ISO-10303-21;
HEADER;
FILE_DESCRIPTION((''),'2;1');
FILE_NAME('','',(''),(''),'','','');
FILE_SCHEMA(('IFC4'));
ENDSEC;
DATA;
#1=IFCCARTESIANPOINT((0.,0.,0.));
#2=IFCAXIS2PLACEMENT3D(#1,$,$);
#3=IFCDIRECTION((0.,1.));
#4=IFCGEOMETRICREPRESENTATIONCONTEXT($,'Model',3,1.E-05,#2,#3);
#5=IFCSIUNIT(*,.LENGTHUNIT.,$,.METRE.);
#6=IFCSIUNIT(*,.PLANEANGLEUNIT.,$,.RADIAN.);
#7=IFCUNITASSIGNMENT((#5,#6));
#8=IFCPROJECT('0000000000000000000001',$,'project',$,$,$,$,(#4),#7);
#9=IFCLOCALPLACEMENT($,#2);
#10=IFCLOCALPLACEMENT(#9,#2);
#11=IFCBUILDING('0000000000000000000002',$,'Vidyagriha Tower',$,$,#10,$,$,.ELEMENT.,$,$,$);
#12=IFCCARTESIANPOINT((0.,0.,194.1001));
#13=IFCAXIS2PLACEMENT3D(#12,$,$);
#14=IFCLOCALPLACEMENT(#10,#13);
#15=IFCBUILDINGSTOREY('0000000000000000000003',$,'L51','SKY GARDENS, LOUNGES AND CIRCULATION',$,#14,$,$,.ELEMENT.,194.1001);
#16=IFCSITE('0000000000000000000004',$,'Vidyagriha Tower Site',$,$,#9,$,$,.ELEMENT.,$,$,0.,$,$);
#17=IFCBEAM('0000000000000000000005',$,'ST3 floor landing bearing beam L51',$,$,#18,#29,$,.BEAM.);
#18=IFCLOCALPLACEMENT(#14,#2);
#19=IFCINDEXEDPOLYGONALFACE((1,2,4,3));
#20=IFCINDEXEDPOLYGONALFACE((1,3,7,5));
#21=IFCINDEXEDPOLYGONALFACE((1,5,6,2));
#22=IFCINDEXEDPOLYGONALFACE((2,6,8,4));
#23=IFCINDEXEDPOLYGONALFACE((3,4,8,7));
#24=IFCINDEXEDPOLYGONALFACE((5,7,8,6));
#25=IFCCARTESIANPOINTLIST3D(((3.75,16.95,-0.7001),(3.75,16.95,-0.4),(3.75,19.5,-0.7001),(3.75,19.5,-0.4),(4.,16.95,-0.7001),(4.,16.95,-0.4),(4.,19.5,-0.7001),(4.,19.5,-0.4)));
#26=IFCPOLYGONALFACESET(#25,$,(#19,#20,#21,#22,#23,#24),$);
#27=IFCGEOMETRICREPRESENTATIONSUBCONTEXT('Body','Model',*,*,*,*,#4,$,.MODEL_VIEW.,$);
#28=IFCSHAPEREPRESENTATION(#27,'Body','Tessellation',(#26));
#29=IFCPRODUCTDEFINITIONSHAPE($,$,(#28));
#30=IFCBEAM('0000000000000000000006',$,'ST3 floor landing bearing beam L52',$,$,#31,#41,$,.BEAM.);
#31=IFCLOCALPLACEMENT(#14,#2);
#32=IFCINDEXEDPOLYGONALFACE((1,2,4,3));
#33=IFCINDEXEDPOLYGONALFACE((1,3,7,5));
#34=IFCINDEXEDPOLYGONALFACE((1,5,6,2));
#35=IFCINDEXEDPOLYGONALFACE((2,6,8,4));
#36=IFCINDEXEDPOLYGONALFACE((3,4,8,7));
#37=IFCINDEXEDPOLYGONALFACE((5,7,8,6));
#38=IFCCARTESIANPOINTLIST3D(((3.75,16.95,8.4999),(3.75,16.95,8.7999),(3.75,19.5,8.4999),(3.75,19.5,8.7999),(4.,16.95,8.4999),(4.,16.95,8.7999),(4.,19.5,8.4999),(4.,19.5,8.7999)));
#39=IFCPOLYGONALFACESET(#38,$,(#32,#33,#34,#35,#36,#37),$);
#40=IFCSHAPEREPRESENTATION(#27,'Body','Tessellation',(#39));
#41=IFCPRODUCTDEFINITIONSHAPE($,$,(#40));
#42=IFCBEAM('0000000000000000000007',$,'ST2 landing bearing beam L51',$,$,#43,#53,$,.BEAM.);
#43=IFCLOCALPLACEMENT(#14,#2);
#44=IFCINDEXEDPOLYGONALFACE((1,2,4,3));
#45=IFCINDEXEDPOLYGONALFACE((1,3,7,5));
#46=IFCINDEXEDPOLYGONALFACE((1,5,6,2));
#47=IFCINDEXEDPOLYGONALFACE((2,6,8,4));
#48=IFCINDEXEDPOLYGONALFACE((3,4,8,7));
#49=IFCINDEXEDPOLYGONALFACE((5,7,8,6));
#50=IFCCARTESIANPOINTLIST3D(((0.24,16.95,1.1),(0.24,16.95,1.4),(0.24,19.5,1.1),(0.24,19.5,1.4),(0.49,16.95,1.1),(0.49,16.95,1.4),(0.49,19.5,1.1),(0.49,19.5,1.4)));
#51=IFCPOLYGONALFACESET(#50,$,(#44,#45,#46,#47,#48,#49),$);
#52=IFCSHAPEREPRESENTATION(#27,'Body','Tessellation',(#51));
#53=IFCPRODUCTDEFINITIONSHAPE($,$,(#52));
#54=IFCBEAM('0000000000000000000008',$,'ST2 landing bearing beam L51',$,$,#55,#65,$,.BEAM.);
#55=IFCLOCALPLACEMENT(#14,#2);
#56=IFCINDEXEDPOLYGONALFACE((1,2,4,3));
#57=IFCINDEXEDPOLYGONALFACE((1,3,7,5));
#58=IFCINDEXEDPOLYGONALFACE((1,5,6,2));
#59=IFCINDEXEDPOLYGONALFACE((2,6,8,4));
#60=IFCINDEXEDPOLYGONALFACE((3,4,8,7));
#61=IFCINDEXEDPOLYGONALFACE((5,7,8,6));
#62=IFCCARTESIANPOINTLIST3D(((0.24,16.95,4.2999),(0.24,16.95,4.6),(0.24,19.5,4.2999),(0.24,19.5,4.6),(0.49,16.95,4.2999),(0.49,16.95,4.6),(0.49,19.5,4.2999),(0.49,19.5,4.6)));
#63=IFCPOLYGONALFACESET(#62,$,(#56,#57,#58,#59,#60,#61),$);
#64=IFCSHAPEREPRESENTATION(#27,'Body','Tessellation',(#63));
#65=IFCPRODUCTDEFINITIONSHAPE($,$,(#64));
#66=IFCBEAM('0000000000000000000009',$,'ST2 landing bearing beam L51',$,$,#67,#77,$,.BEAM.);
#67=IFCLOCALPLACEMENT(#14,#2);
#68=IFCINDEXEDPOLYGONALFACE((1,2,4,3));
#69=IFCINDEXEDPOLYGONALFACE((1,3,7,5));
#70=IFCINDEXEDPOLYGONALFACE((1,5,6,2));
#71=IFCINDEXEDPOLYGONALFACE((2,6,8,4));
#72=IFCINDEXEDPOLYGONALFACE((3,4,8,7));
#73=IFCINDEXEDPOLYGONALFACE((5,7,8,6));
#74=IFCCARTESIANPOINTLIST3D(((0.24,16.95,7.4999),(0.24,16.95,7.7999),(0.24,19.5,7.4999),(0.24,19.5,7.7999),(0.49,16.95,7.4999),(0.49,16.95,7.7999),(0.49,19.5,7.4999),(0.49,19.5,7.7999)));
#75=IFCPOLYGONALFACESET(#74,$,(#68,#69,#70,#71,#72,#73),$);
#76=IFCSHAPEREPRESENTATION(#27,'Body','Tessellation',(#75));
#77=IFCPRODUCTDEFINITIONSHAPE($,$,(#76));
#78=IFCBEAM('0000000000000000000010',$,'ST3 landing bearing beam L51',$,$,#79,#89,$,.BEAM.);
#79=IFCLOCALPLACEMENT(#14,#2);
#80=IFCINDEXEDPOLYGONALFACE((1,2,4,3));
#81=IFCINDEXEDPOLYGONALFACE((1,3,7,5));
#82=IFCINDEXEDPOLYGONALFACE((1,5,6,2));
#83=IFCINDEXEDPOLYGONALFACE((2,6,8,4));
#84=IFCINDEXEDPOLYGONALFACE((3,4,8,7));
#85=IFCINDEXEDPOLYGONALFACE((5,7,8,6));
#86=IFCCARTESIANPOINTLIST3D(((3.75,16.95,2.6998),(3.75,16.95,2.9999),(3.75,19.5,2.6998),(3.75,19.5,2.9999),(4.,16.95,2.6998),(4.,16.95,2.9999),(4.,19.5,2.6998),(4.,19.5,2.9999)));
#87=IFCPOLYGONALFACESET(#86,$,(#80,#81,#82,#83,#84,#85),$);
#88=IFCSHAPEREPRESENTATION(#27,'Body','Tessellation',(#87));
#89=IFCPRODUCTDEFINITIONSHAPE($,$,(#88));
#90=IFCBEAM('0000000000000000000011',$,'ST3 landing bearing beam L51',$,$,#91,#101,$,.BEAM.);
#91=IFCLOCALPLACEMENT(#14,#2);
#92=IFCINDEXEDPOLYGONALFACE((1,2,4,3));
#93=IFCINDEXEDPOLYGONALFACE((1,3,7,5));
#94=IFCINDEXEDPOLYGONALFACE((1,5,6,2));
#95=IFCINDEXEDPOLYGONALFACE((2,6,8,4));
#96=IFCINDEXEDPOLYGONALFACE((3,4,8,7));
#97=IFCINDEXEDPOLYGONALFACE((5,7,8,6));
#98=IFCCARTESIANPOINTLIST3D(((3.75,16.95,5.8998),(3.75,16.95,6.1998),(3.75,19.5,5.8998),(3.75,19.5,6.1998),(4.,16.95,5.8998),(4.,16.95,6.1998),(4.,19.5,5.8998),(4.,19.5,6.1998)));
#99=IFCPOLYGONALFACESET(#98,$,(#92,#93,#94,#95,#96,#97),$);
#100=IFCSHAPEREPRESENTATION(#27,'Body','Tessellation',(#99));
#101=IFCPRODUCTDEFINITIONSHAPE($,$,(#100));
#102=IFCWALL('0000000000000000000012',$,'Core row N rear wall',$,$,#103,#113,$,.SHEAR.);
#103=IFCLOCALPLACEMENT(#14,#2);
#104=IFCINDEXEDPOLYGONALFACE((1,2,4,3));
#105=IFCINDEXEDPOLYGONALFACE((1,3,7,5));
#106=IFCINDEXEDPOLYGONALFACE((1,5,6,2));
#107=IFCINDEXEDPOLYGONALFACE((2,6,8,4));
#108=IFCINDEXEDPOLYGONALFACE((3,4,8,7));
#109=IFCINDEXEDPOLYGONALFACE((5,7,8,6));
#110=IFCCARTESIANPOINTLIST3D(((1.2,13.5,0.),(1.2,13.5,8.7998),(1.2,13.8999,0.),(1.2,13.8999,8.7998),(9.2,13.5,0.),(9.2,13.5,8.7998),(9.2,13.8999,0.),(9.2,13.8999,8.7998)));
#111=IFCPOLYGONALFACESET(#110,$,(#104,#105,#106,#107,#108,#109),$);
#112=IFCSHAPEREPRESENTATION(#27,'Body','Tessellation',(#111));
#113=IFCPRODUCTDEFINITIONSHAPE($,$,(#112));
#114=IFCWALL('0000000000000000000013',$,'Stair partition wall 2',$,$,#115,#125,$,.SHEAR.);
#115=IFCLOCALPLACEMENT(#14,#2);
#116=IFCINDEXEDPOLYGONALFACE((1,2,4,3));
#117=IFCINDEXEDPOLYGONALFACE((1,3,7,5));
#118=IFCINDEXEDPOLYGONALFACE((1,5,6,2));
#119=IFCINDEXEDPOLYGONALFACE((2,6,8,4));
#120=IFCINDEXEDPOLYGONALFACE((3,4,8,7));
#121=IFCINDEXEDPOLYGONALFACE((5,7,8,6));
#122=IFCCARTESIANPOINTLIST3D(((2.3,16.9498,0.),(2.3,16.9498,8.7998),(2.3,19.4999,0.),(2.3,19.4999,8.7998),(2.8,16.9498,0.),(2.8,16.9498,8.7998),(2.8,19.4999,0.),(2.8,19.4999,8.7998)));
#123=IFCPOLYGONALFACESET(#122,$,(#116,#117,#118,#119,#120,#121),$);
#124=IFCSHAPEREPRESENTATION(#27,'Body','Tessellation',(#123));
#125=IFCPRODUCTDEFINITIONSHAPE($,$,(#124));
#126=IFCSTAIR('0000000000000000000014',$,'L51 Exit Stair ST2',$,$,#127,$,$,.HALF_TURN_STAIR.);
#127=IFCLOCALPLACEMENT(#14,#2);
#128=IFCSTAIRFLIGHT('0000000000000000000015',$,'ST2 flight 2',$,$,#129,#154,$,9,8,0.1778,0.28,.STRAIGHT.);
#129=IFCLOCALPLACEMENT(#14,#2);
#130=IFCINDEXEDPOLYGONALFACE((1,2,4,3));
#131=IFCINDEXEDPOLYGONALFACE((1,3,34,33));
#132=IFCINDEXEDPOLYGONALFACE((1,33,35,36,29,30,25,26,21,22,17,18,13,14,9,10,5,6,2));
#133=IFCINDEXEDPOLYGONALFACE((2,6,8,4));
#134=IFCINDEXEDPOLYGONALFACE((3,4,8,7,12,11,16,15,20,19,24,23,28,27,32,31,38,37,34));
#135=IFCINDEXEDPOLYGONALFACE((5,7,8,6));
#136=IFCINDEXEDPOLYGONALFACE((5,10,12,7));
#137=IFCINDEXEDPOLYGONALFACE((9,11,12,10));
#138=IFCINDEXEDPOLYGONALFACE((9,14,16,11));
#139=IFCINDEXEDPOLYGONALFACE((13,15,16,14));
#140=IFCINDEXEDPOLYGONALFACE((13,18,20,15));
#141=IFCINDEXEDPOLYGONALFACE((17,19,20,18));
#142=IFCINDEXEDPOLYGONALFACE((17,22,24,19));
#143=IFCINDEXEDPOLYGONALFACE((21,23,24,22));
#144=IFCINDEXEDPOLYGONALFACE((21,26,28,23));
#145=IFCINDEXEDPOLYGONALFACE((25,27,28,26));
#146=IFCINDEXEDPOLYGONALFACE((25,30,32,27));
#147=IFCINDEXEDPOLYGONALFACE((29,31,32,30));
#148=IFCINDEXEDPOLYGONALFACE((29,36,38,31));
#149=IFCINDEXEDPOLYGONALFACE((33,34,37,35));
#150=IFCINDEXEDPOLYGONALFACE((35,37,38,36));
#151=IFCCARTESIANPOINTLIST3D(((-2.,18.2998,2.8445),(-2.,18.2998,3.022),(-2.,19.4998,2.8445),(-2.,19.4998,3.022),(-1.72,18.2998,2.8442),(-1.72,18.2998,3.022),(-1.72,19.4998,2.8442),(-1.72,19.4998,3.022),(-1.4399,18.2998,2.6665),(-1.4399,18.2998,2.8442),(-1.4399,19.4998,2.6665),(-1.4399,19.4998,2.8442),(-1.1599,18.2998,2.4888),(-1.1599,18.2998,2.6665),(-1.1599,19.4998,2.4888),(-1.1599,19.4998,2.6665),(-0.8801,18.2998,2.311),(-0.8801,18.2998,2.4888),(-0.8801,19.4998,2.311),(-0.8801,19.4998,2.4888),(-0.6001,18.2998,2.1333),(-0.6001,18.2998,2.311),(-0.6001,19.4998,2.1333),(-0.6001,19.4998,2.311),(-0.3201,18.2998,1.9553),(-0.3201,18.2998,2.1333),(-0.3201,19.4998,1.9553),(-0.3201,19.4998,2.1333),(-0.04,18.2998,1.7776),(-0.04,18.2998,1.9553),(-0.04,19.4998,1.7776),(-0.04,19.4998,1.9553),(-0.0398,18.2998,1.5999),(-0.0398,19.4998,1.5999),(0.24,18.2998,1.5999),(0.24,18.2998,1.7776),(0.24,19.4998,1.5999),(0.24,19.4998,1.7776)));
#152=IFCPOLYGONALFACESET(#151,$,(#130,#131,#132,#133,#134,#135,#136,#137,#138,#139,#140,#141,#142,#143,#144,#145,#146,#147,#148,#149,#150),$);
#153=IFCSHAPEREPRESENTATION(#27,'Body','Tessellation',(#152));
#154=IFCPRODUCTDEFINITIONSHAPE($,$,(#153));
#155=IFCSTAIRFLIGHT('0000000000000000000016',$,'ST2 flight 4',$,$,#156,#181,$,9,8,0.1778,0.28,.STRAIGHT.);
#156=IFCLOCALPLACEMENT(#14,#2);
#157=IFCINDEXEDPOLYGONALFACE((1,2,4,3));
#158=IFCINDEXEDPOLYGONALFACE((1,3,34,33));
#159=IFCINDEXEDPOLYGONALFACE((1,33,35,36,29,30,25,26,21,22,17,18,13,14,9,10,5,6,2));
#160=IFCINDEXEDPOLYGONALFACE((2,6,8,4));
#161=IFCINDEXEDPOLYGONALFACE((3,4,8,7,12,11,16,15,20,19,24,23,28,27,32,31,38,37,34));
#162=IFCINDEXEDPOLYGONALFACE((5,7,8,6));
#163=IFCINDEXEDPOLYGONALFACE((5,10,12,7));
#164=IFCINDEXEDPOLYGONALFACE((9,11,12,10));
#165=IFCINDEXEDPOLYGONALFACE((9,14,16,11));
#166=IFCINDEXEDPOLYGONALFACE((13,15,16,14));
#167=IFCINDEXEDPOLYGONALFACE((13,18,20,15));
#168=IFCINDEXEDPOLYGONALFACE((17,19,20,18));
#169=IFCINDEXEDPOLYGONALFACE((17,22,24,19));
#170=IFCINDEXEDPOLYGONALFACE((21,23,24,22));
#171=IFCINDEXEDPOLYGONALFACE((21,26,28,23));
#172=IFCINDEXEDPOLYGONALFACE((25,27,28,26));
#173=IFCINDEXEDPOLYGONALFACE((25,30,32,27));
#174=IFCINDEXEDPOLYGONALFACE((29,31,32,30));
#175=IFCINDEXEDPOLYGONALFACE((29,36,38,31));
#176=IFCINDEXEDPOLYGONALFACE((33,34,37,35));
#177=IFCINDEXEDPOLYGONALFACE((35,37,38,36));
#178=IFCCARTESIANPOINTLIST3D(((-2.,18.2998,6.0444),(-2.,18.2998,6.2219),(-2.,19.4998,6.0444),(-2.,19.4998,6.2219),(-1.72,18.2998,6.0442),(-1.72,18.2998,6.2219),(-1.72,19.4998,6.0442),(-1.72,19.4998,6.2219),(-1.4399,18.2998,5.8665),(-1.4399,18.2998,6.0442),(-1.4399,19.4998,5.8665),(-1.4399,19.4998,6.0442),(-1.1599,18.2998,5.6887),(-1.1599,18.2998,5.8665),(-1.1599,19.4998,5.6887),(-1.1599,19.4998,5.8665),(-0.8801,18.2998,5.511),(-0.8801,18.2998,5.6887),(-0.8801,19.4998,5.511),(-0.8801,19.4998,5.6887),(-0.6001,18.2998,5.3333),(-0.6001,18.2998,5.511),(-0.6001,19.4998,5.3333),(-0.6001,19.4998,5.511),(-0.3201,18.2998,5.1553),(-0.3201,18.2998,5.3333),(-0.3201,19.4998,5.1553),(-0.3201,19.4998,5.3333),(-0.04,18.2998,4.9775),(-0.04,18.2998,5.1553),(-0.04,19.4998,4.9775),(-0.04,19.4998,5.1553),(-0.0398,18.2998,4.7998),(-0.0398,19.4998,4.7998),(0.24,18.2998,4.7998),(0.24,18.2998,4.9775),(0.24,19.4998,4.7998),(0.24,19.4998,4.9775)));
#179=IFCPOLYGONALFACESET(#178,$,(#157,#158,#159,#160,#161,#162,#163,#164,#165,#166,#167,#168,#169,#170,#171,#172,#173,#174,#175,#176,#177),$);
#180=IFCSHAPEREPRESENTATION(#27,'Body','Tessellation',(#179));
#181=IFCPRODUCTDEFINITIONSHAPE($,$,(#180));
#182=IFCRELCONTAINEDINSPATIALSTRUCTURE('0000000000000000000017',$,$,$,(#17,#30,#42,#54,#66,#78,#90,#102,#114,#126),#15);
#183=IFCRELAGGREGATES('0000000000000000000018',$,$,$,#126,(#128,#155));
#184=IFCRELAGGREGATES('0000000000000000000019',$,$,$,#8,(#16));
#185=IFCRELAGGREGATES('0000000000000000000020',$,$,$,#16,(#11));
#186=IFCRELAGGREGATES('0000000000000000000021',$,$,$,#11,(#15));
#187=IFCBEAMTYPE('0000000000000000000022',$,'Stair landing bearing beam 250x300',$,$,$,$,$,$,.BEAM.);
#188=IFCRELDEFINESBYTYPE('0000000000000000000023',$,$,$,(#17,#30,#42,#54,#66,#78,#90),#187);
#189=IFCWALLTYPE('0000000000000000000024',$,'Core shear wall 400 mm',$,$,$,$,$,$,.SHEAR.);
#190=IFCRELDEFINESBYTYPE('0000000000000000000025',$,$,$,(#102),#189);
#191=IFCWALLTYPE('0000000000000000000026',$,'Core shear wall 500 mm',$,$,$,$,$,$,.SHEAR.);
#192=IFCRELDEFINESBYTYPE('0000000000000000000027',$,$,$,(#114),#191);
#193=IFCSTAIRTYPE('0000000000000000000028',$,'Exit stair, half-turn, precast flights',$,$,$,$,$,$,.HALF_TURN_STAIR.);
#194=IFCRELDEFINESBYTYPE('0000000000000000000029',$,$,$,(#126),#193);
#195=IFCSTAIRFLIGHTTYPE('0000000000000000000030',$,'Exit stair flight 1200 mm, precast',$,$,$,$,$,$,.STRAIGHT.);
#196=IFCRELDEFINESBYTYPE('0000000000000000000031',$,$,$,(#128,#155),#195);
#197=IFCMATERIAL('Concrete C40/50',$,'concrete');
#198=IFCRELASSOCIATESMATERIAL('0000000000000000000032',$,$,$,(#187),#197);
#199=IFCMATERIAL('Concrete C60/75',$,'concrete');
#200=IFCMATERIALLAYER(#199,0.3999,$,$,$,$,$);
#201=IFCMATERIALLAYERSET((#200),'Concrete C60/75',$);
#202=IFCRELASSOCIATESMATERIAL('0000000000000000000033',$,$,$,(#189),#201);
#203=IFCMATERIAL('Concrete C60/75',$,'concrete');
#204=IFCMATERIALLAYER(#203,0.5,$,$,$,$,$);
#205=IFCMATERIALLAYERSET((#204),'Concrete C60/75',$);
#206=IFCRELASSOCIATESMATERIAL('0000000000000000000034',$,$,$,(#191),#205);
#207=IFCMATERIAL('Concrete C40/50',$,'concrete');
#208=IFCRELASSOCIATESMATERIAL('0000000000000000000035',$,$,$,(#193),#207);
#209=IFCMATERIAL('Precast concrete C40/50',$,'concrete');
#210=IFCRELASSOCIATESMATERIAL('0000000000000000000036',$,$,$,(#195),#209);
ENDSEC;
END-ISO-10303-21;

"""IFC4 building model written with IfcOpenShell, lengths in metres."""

from ifc_helpers import new_model, si_unit, direction, frame, frame_2d, origin, origin_2d, place, context, subcontext, project, spatial, polyline, rectangle, outline, extrude, material, layer, layer_set, material_profile, profile_set, type_object, element, aggregate, save


model = new_model("IFC4")

# Units and contexts
model_context = context("Model", 3, precision=1e-05, world=origin(), true_north=direction((0.0, 1.0)))
body_context = subcontext(model_context, "Body", "Model", "MODEL_VIEW")
ifc_project = project(units=[si_unit("LENGTHUNIT", "METRE"), si_unit("PLANEANGLEUNIT", "RADIAN")], contexts=[model_context])

# Site, building, storey
site_placement = place(None, origin())
site = spatial("IfcSite", under=ifc_project, at=site_placement, Name="Vidyagriha Tower Site", CompositionType="ELEMENT", RefElevation=0.0)
building_placement = place(site_placement, origin())
building = spatial("IfcBuilding", under=site, at=building_placement, Name="Vidyagriha Tower", CompositionType="ELEMENT")
storey_placement = place(building_placement, frame((0.0, 0.0, 194.1001)))
storey = spatial("IfcBuildingStorey", under=building, at=storey_placement, Name="L51", Description="SKY GARDENS, LOUNGES AND CIRCULATION", CompositionType="ELEMENT", Elevation=194.1001)

# Beams
ifc_material_1 = material(Name="Concrete C40/50", Category="concrete")
ifc_material_profile = material_profile(ifc_material_1, rectangle(XDim=0.25, YDim=0.3, at=origin_2d()), Name="Stair landing bearing beam 250x300")
ifc_profile_set = profile_set([ifc_material_profile], Name="Concrete C40/50")
beam_type = type_object("IfcBeamType", Name="Stair landing bearing beam 250x300", PredefinedType="BEAM", material=ifc_profile_set)
for number, where, z_axis, x_axis, name in (
    (1, (3.875, 16.95, -0.55), (0.0, 1.0, 0.0), (-1.0, 0.0, 0.0), "ST3 floor landing bearing beam L51"),
    (2, (3.875, 16.95, 8.6499), (0.0, 1.0, 0.0), (-1.0, 0.0, 0.0), "ST3 floor landing bearing beam L52"),
    (3, (0.365, 16.95, 1.25), (0.0, 1.0, 0.0), (-1.0, 0.0, 0.0), "ST2 landing bearing beam L51"),
    (4, (0.365, 16.95, 4.45), (0.0, 1.0, 0.0), (-1.0, 0.0, 0.0), "ST2 landing bearing beam L51"),
    (5, (0.365, 16.95, 7.6499), (0.0, 1.0, 0.0), (-1.0, 0.0, 0.0), "ST2 landing bearing beam L51"),
    (6, (3.875, 16.95, 2.8499), (0.0, 1.0, 0.0), (-1.0, 0.0, 0.0), "ST3 landing bearing beam L51"),
    (7, (3.875, 16.95, 6.0498), (0.0, 1.0, 0.0), (-1.0, 0.0, 0.0), "ST3 landing bearing beam L51"),
):
    element("IfcBeam", number, at=place(storey_placement, frame(where, z_axis=z_axis, x_axis=x_axis)), inside=storey, type_object=beam_type, Name=name, PredefinedType="BEAM", context=body_context, shape_type="SweptSolid", body=[
        extrude(rectangle(XDim=0.25, YDim=0.3, at=origin_2d()), origin(), (0.0, 0.0, 1.0), 2.55),
    ])

# Walls
ifc_material_2 = material(Name="Concrete C60/75", Category="concrete")
ifc_layer_1 = layer(ifc_material_2, 0.3999)
ifc_layer_set_1 = layer_set([ifc_layer_1], Name="Concrete C60/75")
wall_type_1 = type_object("IfcWallType", Name="Core shear wall 400 mm", PredefinedType="SHEAR", material=ifc_layer_set_1)
wall_1_placement = place(storey_placement, frame((1.2, 13.7, 0.0)))
element("IfcWall", 8, at=wall_1_placement, inside=storey, type_object=wall_type_1, Name="Core row N rear wall", PredefinedType="SHEAR", context=body_context, shape_type="SweptSolid", body=[
    extrude(rectangle(XDim=8.0, YDim=0.3999, at=frame_2d((4.0, 0.0))), origin(), (0.0, 0.0, 1.0), 8.7998),
])
ifc_material_3 = material(Name="Concrete C60/75", Category="concrete")
ifc_layer_2 = layer(ifc_material_3, 0.5)
ifc_layer_set_2 = layer_set([ifc_layer_2], Name="Concrete C60/75")
wall_type_2 = type_object("IfcWallType", Name="Core shear wall 500 mm", PredefinedType="SHEAR", material=ifc_layer_set_2)
wall_2_placement = place(storey_placement, frame((2.55, 16.95, 0.0), z_axis=(0.0, 0.0, 1.0), x_axis=(0.0, 1.0, 0.0)))
element("IfcWall", 9, at=wall_2_placement, inside=storey, type_object=wall_type_2, Name="Stair partition wall 2", PredefinedType="SHEAR", context=body_context, shape_type="SweptSolid", body=[
    extrude(rectangle(XDim=2.55, YDim=0.5, at=frame_2d((1.2749, 0.0))), origin(), (0.0, 0.0, 1.0), 8.7998),
])

# Stair, stair flights
ifc_material_4 = material(Name="Concrete C40/50", Category="concrete")
stair_type = type_object("IfcStairType", Name="Exit stair, half-turn, precast flights", PredefinedType="HALF_TURN_STAIR", material=ifc_material_4)
stair_1_placement = place(storey_placement, origin())
stair_1 = element("IfcStair", 10, at=stair_1_placement, inside=storey, type_object=stair_type, Name="L51 Exit Stair ST2", PredefinedType="HALF_TURN_STAIR")
ifc_material_5 = material(Name="Precast concrete C40/50", Category="concrete")
stair_flight_type = type_object("IfcStairFlightType", Name="Exit stair flight 1200 mm, precast", PredefinedType="STRAIGHT", material=ifc_material_5)
stair_flight_1_placement = place(storey_placement, frame((0.24, 18.8999, 1.5999), z_axis=(0.0, 0.0, 1.0), x_axis=(-1.0, 0.0, 0.0)))
stair_flight_1 = element("IfcStairFlight", 11, at=stair_flight_1_placement, type_object=stair_flight_type, Name="ST2 flight 2", NumberOfRisers=9, NumberOfTreads=8, PredefinedType="STRAIGHT", RiserHeight=0.1778, TreadLength=0.28, context=body_context, shape_type="SweptSolid", body=[
    extrude(outline(polyline([(0.0, 0.0), (0.0, 0.1777), (0.28, 0.1777), (0.28, 0.3555), (0.5601, 0.3555), (0.5601, 0.5334), (0.8401, 0.5334), (0.8401, 0.7112), (1.1201, 0.7112), (1.1201, 0.8889), (1.3999, 0.8889), (1.3999, 1.0667), (1.6799, 1.0667), (1.6799, 1.2444), (1.96, 1.2444), (1.96, 1.4221), (2.24, 1.4221), (2.24, 1.6001), (2.24, 1.2446), (0.2798, 0.0), (0.0, 0.0)])), frame((0.0, 0.6001, 0.0), z_axis=(0.0, -1.0, 0.0), x_axis=(1.0, 0.0, 0.0)), (0.0, 0.0, 1.0), 1.2),
])
stair_flight_2_placement = place(storey_placement, frame((0.24, 18.8999, 4.7998), z_axis=(0.0, 0.0, 1.0), x_axis=(-1.0, 0.0, 0.0)))
stair_flight_2 = element("IfcStairFlight", 12, at=stair_flight_2_placement, type_object=stair_flight_type, Name="ST2 flight 4", NumberOfRisers=9, NumberOfTreads=8, PredefinedType="STRAIGHT", RiserHeight=0.1778, TreadLength=0.28, context=body_context, shape_type="SweptSolid", body=[
    extrude(outline(polyline([(0.0, 0.0), (0.0, 0.1777), (0.28, 0.1777), (0.28, 0.3555), (0.5601, 0.3555), (0.5601, 0.5334), (0.8401, 0.5334), (0.8401, 0.7112), (1.1201, 0.7112), (1.1201, 0.8889), (1.3999, 0.8889), (1.3999, 1.0667), (1.6799, 1.0667), (1.6799, 1.2444), (1.96, 1.2444), (1.96, 1.4221), (2.24, 1.4221), (2.24, 1.6001), (2.24, 1.2446), (0.2798, 0.0), (0.0, 0.0)])), frame((0.0, 0.6001, 0.0), z_axis=(0.0, -1.0, 0.0), x_axis=(1.0, 0.0, 0.0)), (0.0, 0.0, 1.0), 1.2),
])
aggregate(stair_1, [stair_flight_1, stair_flight_2])

save(model, "model.ifc")
